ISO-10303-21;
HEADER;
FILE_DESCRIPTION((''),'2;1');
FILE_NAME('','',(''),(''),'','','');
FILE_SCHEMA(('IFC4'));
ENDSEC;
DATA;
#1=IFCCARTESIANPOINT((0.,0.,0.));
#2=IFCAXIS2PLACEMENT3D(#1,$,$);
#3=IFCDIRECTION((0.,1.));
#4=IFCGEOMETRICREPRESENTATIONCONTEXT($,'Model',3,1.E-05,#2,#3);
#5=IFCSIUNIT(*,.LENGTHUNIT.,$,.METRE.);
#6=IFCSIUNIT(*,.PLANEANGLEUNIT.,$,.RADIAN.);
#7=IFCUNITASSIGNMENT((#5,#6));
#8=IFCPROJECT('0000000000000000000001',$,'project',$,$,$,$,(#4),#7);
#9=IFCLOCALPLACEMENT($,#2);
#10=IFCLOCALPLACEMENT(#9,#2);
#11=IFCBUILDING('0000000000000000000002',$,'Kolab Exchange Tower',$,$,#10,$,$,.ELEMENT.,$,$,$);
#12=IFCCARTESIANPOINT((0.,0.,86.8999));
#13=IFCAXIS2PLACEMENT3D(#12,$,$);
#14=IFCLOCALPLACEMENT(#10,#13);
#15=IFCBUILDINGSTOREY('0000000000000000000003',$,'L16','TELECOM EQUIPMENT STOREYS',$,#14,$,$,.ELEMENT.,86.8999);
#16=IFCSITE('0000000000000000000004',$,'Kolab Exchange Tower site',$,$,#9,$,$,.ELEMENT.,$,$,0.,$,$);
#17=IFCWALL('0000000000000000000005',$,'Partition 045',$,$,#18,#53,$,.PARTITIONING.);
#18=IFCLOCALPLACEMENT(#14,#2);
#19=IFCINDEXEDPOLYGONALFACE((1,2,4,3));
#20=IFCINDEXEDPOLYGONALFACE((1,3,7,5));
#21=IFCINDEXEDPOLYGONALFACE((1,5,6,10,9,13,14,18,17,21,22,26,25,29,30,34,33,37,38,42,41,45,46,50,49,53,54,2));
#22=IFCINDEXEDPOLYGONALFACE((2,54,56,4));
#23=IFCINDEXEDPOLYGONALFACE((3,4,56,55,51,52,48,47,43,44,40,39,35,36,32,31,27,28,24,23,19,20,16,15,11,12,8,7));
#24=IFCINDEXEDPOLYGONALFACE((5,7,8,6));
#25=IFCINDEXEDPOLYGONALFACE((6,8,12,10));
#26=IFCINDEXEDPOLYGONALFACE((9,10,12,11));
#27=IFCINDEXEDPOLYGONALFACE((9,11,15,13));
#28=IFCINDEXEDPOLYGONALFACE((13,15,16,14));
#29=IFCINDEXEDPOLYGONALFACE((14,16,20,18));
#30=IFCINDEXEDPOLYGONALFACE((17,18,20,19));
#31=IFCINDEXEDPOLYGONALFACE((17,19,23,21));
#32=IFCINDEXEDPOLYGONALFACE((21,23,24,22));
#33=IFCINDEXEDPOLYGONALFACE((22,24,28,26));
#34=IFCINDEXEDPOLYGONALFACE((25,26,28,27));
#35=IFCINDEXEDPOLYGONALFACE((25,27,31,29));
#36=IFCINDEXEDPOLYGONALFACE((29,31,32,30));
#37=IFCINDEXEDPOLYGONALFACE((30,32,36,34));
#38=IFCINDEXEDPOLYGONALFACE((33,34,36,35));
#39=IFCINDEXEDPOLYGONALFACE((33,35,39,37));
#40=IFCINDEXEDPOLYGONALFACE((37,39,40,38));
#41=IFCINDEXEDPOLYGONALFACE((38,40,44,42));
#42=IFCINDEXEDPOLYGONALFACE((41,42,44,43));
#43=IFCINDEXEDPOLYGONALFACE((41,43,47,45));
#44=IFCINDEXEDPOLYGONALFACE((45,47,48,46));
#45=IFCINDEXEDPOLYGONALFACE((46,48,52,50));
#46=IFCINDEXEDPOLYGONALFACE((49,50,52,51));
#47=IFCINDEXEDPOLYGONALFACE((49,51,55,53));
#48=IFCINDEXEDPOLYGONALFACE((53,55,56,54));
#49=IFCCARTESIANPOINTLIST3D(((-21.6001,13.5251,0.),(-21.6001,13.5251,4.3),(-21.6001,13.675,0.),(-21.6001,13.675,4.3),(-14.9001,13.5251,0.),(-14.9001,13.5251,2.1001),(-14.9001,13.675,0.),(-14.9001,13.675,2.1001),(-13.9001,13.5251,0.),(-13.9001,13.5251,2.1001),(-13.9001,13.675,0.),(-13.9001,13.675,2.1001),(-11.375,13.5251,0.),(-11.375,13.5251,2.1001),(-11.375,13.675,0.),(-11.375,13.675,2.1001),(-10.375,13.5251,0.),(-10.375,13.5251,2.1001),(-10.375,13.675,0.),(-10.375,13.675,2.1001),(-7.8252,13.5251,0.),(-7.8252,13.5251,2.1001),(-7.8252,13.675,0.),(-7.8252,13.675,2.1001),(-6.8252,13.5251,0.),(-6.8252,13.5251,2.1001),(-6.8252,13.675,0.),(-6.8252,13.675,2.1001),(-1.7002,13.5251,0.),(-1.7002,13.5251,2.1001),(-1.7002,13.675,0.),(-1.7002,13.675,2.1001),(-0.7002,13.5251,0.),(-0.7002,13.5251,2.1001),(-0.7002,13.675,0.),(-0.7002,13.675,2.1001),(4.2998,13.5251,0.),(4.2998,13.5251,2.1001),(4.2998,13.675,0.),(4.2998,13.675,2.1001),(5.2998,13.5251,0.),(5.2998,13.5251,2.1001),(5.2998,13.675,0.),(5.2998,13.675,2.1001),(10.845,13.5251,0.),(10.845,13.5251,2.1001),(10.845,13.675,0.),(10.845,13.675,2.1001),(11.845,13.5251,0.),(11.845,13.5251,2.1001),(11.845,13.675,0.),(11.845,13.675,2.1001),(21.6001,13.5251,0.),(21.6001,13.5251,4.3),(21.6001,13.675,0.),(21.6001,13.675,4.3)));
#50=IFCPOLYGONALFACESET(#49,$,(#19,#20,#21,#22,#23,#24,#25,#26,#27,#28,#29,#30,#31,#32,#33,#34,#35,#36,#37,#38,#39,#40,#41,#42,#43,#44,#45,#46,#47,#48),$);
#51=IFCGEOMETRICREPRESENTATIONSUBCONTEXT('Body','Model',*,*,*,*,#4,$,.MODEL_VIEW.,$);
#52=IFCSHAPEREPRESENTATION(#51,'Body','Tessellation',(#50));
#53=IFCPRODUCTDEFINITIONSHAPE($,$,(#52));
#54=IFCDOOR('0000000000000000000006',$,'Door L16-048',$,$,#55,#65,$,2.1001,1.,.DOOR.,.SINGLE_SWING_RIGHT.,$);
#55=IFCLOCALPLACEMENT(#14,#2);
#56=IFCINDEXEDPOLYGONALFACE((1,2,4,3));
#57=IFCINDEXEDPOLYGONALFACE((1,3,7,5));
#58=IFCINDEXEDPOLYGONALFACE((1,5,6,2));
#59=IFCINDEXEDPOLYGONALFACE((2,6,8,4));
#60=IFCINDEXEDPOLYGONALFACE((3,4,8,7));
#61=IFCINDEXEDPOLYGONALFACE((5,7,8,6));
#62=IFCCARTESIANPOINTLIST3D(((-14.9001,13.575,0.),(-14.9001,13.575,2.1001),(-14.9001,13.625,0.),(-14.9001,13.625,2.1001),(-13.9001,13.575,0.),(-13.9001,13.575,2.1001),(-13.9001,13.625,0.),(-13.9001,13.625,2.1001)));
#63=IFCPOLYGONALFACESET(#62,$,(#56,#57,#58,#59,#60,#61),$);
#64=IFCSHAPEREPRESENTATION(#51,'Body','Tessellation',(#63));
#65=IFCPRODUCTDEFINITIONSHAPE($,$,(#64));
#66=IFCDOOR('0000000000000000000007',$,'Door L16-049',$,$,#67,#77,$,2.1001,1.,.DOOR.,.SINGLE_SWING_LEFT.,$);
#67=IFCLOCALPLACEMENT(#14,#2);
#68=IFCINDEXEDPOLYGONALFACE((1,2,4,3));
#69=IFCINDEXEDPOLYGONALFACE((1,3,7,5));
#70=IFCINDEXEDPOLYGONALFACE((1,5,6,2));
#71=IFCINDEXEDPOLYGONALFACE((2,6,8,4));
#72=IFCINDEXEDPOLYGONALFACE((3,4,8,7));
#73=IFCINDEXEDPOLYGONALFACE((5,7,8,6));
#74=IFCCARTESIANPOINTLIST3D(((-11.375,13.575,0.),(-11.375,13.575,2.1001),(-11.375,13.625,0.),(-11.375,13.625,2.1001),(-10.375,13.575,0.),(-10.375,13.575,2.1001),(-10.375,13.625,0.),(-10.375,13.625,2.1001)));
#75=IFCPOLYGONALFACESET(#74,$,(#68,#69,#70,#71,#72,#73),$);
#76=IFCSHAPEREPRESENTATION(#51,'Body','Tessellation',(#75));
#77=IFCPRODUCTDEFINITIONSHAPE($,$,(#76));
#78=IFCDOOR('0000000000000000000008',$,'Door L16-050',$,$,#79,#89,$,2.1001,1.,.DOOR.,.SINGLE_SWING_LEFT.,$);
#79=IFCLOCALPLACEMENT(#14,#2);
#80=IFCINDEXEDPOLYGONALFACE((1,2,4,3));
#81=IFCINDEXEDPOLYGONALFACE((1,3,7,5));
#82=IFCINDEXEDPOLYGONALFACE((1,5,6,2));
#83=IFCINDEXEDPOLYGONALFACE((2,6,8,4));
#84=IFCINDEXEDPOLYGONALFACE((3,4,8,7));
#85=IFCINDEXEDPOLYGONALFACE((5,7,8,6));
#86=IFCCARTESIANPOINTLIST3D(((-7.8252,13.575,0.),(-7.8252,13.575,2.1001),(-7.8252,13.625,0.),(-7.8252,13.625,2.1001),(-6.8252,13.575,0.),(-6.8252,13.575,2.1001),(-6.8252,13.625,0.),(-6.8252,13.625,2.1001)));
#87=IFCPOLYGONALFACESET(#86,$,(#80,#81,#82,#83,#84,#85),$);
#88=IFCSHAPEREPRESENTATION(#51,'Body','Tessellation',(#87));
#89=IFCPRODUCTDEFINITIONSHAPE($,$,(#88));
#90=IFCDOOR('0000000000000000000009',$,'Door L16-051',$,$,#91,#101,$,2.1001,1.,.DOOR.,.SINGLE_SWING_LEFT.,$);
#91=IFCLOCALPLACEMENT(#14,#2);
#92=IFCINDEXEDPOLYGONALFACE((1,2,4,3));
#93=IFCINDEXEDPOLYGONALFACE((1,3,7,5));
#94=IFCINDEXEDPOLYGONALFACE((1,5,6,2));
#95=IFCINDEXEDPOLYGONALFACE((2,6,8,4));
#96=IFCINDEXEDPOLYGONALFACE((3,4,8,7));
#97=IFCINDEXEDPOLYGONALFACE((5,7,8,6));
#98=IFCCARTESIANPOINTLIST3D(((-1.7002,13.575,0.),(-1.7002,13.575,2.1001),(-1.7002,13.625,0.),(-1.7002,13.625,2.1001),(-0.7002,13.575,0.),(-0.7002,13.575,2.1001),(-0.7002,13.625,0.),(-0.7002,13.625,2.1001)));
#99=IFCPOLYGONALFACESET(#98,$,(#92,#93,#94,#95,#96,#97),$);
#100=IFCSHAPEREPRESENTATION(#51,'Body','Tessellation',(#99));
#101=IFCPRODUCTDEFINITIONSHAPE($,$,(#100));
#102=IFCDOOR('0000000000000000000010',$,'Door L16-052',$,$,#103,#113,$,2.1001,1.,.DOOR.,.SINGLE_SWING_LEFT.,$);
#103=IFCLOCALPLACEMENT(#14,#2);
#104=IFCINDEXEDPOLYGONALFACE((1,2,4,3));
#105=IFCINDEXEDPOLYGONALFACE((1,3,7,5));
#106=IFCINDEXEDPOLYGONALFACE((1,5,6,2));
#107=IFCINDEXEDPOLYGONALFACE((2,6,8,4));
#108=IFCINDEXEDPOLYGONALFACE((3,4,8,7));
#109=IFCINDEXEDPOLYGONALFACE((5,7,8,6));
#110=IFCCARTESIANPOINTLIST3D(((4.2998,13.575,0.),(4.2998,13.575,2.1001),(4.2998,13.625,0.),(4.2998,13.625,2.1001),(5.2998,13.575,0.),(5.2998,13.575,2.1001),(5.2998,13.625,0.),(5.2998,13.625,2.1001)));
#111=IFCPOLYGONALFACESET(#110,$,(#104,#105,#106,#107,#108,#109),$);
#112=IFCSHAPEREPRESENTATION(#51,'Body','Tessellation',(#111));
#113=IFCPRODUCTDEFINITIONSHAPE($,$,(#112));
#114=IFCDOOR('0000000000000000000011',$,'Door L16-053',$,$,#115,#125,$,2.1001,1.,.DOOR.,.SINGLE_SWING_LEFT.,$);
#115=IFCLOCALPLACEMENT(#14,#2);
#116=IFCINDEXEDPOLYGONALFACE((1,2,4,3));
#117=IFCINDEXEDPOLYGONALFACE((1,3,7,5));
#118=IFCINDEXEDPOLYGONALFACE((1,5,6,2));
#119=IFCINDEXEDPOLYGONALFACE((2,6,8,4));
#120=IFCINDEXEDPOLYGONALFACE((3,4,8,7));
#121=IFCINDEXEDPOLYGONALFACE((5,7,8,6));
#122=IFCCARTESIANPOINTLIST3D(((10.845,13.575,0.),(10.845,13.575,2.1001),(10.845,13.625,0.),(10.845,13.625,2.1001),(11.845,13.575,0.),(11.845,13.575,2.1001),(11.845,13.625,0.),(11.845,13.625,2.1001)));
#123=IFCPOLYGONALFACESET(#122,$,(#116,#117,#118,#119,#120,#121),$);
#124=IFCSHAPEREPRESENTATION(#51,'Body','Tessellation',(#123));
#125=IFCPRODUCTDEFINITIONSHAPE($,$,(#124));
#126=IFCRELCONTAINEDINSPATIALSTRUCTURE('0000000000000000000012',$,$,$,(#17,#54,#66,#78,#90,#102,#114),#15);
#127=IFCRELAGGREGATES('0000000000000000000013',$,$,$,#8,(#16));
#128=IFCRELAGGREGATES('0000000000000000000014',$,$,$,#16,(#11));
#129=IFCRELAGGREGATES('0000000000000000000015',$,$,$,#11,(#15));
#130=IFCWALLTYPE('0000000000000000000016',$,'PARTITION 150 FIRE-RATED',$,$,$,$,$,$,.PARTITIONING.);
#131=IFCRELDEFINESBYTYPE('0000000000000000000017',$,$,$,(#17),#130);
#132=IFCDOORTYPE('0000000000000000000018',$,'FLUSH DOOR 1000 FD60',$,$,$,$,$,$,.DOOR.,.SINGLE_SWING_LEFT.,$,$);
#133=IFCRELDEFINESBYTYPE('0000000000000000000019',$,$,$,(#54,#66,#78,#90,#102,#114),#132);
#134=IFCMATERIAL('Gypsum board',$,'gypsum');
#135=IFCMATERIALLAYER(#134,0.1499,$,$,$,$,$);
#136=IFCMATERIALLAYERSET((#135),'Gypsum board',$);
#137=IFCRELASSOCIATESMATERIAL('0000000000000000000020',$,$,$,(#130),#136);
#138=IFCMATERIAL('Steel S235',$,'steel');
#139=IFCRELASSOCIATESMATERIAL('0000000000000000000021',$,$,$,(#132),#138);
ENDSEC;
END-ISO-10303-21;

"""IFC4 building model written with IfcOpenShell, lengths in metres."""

from ifc_helpers import new_model, si_unit, direction, frame, frame_2d, origin, place, context, subcontext, project, spatial, rectangle, extrude, material, layer, layer_set, type_object, element, fill, save


model = new_model("IFC4")

# Units and contexts
model_context = context("Model", 3, precision=1e-05, world=origin(), true_north=direction((0.0, 1.0)))
body_context = subcontext(model_context, "Body", "Model", "MODEL_VIEW")
ifc_project = project(units=[si_unit("LENGTHUNIT", "METRE"), si_unit("PLANEANGLEUNIT", "RADIAN")], contexts=[model_context])

# Site, building, storey
site_placement = place(None, origin())
site = spatial("IfcSite", under=ifc_project, at=site_placement, Name="Kolab Exchange Tower site", CompositionType="ELEMENT", RefElevation=0.0)
building_placement = place(site_placement, origin())
building = spatial("IfcBuilding", under=site, at=building_placement, Name="Kolab Exchange Tower", CompositionType="ELEMENT")
storey_placement = place(building_placement, frame((0.0, 0.0, 86.8999)))
storey = spatial("IfcBuildingStorey", under=building, at=storey_placement, Name="L16", Description="TELECOM EQUIPMENT STOREYS", CompositionType="ELEMENT", Elevation=86.8999)

# Shared definitions
ifc_material_1 = material(Name="Gypsum board", Category="gypsum")
ifc_layer_1 = layer(ifc_material_1, 0.1499)
ifc_layer_set_1 = layer_set([ifc_layer_1], Name="Gypsum board")
wall_type_1 = type_object("IfcWallType", Name="PARTITION 150 FIRE-RATED", PredefinedType="PARTITIONING", material=ifc_layer_set_1)

# Wall, openings, doors
wall_1_placement = place(storey_placement, frame((-21.6001, 13.6001, 0.0), z_axis=(0.0, 0.0, 1.0), x_axis=(1.0, 0.0, 0.0)))
wall_1 = element("IfcWall", 1, at=wall_1_placement, inside=storey, type_object=wall_type_1, Name="Partition 045", PredefinedType="PARTITIONING", context=body_context, shape_type="SweptSolid", body=[
    extrude(rectangle(XDim=43.2002, YDim=0.1499, at=frame_2d((21.6001, 0.0))), origin(), (0.0, 0.0, 1.0), 4.3),
])
opening_1_placement = place(wall_1_placement, frame((6.7, 0.0, 0.0)))
opening_1 = element("IfcOpeningElement", 2, at=opening_1_placement, cuts=wall_1, PredefinedType="OPENING", context=body_context, shape_type="SweptSolid", body=[
    extrude(rectangle(XDim=1.0, YDim=2.1001, at=frame_2d((0.5, 1.05))), frame((0.0, 0.085, 0.0), z_axis=(0.0, -1.0, 0.0), x_axis=(1.0, 0.0, 0.0)), (0.0, 0.0, 1.0), 0.1699),
])
opening_2_placement = place(wall_1_placement, frame((10.2251, 0.0, 0.0)))
opening_2 = element("IfcOpeningElement", 3, at=opening_2_placement, cuts=wall_1, PredefinedType="OPENING", context=body_context, shape_type="SweptSolid", body=[
    extrude(rectangle(XDim=1.0, YDim=2.1001, at=frame_2d((0.5, 1.05))), frame((0.0, 0.085, 0.0), z_axis=(0.0, -1.0, 0.0), x_axis=(1.0, 0.0, 0.0)), (0.0, 0.0, 1.0), 0.1699),
])
opening_3_placement = place(wall_1_placement, frame((13.7749, 0.0, 0.0)))
opening_3 = element("IfcOpeningElement", 4, at=opening_3_placement, cuts=wall_1, PredefinedType="OPENING", context=body_context, shape_type="SweptSolid", body=[
    extrude(rectangle(XDim=1.0, YDim=2.1001, at=frame_2d((0.5, 1.05))), frame((0.0, 0.085, 0.0), z_axis=(0.0, -1.0, 0.0), x_axis=(1.0, 0.0, 0.0)), (0.0, 0.0, 1.0), 0.1699),
])
opening_4_placement = place(wall_1_placement, frame((19.8999, 0.0, 0.0)))
opening_4 = element("IfcOpeningElement", 5, at=opening_4_placement, cuts=wall_1, PredefinedType="OPENING", context=body_context, shape_type="SweptSolid", body=[
    extrude(rectangle(XDim=1.0, YDim=2.1001, at=frame_2d((0.5, 1.05))), frame((0.0, 0.085, 0.0), z_axis=(0.0, -1.0, 0.0), x_axis=(1.0, 0.0, 0.0)), (0.0, 0.0, 1.0), 0.1699),
])
opening_5_placement = place(wall_1_placement, frame((25.8999, 0.0, 0.0)))
opening_5 = element("IfcOpeningElement", 6, at=opening_5_placement, cuts=wall_1, PredefinedType="OPENING", context=body_context, shape_type="SweptSolid", body=[
    extrude(rectangle(XDim=1.0, YDim=2.1001, at=frame_2d((0.5, 1.05))), frame((0.0, 0.085, 0.0), z_axis=(0.0, -1.0, 0.0), x_axis=(1.0, 0.0, 0.0)), (0.0, 0.0, 1.0), 0.1699),
])
opening_6_placement = place(wall_1_placement, frame((32.4451, 0.0, 0.0)))
opening_6 = element("IfcOpeningElement", 7, at=opening_6_placement, cuts=wall_1, PredefinedType="OPENING", context=body_context, shape_type="SweptSolid", body=[
    extrude(rectangle(XDim=1.0, YDim=2.1001, at=frame_2d((0.5, 1.05))), frame((0.0, 0.085, 0.0), z_axis=(0.0, -1.0, 0.0), x_axis=(1.0, 0.0, 0.0)), (0.0, 0.0, 1.0), 0.1699),
])
ifc_material_2 = material(Name="Steel S235", Category="steel")
door_type_1 = type_object("IfcDoorType", Name="FLUSH DOOR 1000 FD60", OperationType="SINGLE_SWING_LEFT", PredefinedType="DOOR", material=ifc_material_2)
door_1_placement = place(opening_1_placement, origin())
door_1 = element("IfcDoor", 8, at=door_1_placement, inside=storey, type_object=door_type_1, Name="Door L16-048", OperationType="SINGLE_SWING_RIGHT", OverallHeight=2.1001, OverallWidth=1.0, PredefinedType="DOOR", context=body_context, shape_type="SweptSolid", body=[
    extrude(rectangle(XDim=1.0, YDim=2.1001, at=frame_2d((0.5, 1.05))), frame((0.0, 0.0249, 0.0), z_axis=(0.0, -1.0, 0.0), x_axis=(1.0, 0.0, 0.0)), (0.0, 0.0, 1.0), 0.05),
])
fill(opening_1, door_1)
door_2_placement = place(opening_2_placement, origin())
door_2 = element("IfcDoor", 9, at=door_2_placement, inside=storey, type_object=door_type_1, Name="Door L16-049", OperationType="SINGLE_SWING_LEFT", OverallHeight=2.1001, OverallWidth=1.0, PredefinedType="DOOR", context=body_context, shape_type="SweptSolid", body=[
    extrude(rectangle(XDim=1.0, YDim=2.1001, at=frame_2d((0.5, 1.05))), frame((0.0, 0.0249, 0.0), z_axis=(0.0, -1.0, 0.0), x_axis=(1.0, 0.0, 0.0)), (0.0, 0.0, 1.0), 0.05),
])
fill(opening_2, door_2)
door_3_placement = place(opening_3_placement, origin())
door_3 = element("IfcDoor", 10, at=door_3_placement, inside=storey, type_object=door_type_1, Name="Door L16-050", OperationType="SINGLE_SWING_LEFT", OverallHeight=2.1001, OverallWidth=1.0, PredefinedType="DOOR", context=body_context, shape_type="SweptSolid", body=[
    extrude(rectangle(XDim=1.0, YDim=2.1001, at=frame_2d((0.5, 1.05))), frame((0.0, 0.0249, 0.0), z_axis=(0.0, -1.0, 0.0), x_axis=(1.0, 0.0, 0.0)), (0.0, 0.0, 1.0), 0.05),
])
fill(opening_3, door_3)
door_4_placement = place(opening_4_placement, origin())
door_4 = element("IfcDoor", 11, at=door_4_placement, inside=storey, type_object=door_type_1, Name="Door L16-051", OperationType="SINGLE_SWING_LEFT", OverallHeight=2.1001, OverallWidth=1.0, PredefinedType="DOOR", context=body_context, shape_type="SweptSolid", body=[
    extrude(rectangle(XDim=1.0, YDim=2.1001, at=frame_2d((0.5, 1.05))), frame((0.0, 0.0249, 0.0), z_axis=(0.0, -1.0, 0.0), x_axis=(1.0, 0.0, 0.0)), (0.0, 0.0, 1.0), 0.05),
])
fill(opening_4, door_4)
door_5_placement = place(opening_5_placement, origin())
door_5 = element("IfcDoor", 12, at=door_5_placement, inside=storey, type_object=door_type_1, Name="Door L16-052", OperationType="SINGLE_SWING_LEFT", OverallHeight=2.1001, OverallWidth=1.0, PredefinedType="DOOR", context=body_context, shape_type="SweptSolid", body=[
    extrude(rectangle(XDim=1.0, YDim=2.1001, at=frame_2d((0.5, 1.05))), frame((0.0, 0.0249, 0.0), z_axis=(0.0, -1.0, 0.0), x_axis=(1.0, 0.0, 0.0)), (0.0, 0.0, 1.0), 0.05),
])
fill(opening_5, door_5)
door_6_placement = place(opening_6_placement, origin())
door_6 = element("IfcDoor", 13, at=door_6_placement, inside=storey, type_object=door_type_1, Name="Door L16-053", OperationType="SINGLE_SWING_LEFT", OverallHeight=2.1001, OverallWidth=1.0, PredefinedType="DOOR", context=body_context, shape_type="SweptSolid", body=[
    extrude(rectangle(XDim=1.0, YDim=2.1001, at=frame_2d((0.5, 1.05))), frame((0.0, 0.0249, 0.0), z_axis=(0.0, -1.0, 0.0), x_axis=(1.0, 0.0, 0.0)), (0.0, 0.0, 1.0), 0.05),
])
fill(opening_6, door_6)

save(model, "model.ifc")
